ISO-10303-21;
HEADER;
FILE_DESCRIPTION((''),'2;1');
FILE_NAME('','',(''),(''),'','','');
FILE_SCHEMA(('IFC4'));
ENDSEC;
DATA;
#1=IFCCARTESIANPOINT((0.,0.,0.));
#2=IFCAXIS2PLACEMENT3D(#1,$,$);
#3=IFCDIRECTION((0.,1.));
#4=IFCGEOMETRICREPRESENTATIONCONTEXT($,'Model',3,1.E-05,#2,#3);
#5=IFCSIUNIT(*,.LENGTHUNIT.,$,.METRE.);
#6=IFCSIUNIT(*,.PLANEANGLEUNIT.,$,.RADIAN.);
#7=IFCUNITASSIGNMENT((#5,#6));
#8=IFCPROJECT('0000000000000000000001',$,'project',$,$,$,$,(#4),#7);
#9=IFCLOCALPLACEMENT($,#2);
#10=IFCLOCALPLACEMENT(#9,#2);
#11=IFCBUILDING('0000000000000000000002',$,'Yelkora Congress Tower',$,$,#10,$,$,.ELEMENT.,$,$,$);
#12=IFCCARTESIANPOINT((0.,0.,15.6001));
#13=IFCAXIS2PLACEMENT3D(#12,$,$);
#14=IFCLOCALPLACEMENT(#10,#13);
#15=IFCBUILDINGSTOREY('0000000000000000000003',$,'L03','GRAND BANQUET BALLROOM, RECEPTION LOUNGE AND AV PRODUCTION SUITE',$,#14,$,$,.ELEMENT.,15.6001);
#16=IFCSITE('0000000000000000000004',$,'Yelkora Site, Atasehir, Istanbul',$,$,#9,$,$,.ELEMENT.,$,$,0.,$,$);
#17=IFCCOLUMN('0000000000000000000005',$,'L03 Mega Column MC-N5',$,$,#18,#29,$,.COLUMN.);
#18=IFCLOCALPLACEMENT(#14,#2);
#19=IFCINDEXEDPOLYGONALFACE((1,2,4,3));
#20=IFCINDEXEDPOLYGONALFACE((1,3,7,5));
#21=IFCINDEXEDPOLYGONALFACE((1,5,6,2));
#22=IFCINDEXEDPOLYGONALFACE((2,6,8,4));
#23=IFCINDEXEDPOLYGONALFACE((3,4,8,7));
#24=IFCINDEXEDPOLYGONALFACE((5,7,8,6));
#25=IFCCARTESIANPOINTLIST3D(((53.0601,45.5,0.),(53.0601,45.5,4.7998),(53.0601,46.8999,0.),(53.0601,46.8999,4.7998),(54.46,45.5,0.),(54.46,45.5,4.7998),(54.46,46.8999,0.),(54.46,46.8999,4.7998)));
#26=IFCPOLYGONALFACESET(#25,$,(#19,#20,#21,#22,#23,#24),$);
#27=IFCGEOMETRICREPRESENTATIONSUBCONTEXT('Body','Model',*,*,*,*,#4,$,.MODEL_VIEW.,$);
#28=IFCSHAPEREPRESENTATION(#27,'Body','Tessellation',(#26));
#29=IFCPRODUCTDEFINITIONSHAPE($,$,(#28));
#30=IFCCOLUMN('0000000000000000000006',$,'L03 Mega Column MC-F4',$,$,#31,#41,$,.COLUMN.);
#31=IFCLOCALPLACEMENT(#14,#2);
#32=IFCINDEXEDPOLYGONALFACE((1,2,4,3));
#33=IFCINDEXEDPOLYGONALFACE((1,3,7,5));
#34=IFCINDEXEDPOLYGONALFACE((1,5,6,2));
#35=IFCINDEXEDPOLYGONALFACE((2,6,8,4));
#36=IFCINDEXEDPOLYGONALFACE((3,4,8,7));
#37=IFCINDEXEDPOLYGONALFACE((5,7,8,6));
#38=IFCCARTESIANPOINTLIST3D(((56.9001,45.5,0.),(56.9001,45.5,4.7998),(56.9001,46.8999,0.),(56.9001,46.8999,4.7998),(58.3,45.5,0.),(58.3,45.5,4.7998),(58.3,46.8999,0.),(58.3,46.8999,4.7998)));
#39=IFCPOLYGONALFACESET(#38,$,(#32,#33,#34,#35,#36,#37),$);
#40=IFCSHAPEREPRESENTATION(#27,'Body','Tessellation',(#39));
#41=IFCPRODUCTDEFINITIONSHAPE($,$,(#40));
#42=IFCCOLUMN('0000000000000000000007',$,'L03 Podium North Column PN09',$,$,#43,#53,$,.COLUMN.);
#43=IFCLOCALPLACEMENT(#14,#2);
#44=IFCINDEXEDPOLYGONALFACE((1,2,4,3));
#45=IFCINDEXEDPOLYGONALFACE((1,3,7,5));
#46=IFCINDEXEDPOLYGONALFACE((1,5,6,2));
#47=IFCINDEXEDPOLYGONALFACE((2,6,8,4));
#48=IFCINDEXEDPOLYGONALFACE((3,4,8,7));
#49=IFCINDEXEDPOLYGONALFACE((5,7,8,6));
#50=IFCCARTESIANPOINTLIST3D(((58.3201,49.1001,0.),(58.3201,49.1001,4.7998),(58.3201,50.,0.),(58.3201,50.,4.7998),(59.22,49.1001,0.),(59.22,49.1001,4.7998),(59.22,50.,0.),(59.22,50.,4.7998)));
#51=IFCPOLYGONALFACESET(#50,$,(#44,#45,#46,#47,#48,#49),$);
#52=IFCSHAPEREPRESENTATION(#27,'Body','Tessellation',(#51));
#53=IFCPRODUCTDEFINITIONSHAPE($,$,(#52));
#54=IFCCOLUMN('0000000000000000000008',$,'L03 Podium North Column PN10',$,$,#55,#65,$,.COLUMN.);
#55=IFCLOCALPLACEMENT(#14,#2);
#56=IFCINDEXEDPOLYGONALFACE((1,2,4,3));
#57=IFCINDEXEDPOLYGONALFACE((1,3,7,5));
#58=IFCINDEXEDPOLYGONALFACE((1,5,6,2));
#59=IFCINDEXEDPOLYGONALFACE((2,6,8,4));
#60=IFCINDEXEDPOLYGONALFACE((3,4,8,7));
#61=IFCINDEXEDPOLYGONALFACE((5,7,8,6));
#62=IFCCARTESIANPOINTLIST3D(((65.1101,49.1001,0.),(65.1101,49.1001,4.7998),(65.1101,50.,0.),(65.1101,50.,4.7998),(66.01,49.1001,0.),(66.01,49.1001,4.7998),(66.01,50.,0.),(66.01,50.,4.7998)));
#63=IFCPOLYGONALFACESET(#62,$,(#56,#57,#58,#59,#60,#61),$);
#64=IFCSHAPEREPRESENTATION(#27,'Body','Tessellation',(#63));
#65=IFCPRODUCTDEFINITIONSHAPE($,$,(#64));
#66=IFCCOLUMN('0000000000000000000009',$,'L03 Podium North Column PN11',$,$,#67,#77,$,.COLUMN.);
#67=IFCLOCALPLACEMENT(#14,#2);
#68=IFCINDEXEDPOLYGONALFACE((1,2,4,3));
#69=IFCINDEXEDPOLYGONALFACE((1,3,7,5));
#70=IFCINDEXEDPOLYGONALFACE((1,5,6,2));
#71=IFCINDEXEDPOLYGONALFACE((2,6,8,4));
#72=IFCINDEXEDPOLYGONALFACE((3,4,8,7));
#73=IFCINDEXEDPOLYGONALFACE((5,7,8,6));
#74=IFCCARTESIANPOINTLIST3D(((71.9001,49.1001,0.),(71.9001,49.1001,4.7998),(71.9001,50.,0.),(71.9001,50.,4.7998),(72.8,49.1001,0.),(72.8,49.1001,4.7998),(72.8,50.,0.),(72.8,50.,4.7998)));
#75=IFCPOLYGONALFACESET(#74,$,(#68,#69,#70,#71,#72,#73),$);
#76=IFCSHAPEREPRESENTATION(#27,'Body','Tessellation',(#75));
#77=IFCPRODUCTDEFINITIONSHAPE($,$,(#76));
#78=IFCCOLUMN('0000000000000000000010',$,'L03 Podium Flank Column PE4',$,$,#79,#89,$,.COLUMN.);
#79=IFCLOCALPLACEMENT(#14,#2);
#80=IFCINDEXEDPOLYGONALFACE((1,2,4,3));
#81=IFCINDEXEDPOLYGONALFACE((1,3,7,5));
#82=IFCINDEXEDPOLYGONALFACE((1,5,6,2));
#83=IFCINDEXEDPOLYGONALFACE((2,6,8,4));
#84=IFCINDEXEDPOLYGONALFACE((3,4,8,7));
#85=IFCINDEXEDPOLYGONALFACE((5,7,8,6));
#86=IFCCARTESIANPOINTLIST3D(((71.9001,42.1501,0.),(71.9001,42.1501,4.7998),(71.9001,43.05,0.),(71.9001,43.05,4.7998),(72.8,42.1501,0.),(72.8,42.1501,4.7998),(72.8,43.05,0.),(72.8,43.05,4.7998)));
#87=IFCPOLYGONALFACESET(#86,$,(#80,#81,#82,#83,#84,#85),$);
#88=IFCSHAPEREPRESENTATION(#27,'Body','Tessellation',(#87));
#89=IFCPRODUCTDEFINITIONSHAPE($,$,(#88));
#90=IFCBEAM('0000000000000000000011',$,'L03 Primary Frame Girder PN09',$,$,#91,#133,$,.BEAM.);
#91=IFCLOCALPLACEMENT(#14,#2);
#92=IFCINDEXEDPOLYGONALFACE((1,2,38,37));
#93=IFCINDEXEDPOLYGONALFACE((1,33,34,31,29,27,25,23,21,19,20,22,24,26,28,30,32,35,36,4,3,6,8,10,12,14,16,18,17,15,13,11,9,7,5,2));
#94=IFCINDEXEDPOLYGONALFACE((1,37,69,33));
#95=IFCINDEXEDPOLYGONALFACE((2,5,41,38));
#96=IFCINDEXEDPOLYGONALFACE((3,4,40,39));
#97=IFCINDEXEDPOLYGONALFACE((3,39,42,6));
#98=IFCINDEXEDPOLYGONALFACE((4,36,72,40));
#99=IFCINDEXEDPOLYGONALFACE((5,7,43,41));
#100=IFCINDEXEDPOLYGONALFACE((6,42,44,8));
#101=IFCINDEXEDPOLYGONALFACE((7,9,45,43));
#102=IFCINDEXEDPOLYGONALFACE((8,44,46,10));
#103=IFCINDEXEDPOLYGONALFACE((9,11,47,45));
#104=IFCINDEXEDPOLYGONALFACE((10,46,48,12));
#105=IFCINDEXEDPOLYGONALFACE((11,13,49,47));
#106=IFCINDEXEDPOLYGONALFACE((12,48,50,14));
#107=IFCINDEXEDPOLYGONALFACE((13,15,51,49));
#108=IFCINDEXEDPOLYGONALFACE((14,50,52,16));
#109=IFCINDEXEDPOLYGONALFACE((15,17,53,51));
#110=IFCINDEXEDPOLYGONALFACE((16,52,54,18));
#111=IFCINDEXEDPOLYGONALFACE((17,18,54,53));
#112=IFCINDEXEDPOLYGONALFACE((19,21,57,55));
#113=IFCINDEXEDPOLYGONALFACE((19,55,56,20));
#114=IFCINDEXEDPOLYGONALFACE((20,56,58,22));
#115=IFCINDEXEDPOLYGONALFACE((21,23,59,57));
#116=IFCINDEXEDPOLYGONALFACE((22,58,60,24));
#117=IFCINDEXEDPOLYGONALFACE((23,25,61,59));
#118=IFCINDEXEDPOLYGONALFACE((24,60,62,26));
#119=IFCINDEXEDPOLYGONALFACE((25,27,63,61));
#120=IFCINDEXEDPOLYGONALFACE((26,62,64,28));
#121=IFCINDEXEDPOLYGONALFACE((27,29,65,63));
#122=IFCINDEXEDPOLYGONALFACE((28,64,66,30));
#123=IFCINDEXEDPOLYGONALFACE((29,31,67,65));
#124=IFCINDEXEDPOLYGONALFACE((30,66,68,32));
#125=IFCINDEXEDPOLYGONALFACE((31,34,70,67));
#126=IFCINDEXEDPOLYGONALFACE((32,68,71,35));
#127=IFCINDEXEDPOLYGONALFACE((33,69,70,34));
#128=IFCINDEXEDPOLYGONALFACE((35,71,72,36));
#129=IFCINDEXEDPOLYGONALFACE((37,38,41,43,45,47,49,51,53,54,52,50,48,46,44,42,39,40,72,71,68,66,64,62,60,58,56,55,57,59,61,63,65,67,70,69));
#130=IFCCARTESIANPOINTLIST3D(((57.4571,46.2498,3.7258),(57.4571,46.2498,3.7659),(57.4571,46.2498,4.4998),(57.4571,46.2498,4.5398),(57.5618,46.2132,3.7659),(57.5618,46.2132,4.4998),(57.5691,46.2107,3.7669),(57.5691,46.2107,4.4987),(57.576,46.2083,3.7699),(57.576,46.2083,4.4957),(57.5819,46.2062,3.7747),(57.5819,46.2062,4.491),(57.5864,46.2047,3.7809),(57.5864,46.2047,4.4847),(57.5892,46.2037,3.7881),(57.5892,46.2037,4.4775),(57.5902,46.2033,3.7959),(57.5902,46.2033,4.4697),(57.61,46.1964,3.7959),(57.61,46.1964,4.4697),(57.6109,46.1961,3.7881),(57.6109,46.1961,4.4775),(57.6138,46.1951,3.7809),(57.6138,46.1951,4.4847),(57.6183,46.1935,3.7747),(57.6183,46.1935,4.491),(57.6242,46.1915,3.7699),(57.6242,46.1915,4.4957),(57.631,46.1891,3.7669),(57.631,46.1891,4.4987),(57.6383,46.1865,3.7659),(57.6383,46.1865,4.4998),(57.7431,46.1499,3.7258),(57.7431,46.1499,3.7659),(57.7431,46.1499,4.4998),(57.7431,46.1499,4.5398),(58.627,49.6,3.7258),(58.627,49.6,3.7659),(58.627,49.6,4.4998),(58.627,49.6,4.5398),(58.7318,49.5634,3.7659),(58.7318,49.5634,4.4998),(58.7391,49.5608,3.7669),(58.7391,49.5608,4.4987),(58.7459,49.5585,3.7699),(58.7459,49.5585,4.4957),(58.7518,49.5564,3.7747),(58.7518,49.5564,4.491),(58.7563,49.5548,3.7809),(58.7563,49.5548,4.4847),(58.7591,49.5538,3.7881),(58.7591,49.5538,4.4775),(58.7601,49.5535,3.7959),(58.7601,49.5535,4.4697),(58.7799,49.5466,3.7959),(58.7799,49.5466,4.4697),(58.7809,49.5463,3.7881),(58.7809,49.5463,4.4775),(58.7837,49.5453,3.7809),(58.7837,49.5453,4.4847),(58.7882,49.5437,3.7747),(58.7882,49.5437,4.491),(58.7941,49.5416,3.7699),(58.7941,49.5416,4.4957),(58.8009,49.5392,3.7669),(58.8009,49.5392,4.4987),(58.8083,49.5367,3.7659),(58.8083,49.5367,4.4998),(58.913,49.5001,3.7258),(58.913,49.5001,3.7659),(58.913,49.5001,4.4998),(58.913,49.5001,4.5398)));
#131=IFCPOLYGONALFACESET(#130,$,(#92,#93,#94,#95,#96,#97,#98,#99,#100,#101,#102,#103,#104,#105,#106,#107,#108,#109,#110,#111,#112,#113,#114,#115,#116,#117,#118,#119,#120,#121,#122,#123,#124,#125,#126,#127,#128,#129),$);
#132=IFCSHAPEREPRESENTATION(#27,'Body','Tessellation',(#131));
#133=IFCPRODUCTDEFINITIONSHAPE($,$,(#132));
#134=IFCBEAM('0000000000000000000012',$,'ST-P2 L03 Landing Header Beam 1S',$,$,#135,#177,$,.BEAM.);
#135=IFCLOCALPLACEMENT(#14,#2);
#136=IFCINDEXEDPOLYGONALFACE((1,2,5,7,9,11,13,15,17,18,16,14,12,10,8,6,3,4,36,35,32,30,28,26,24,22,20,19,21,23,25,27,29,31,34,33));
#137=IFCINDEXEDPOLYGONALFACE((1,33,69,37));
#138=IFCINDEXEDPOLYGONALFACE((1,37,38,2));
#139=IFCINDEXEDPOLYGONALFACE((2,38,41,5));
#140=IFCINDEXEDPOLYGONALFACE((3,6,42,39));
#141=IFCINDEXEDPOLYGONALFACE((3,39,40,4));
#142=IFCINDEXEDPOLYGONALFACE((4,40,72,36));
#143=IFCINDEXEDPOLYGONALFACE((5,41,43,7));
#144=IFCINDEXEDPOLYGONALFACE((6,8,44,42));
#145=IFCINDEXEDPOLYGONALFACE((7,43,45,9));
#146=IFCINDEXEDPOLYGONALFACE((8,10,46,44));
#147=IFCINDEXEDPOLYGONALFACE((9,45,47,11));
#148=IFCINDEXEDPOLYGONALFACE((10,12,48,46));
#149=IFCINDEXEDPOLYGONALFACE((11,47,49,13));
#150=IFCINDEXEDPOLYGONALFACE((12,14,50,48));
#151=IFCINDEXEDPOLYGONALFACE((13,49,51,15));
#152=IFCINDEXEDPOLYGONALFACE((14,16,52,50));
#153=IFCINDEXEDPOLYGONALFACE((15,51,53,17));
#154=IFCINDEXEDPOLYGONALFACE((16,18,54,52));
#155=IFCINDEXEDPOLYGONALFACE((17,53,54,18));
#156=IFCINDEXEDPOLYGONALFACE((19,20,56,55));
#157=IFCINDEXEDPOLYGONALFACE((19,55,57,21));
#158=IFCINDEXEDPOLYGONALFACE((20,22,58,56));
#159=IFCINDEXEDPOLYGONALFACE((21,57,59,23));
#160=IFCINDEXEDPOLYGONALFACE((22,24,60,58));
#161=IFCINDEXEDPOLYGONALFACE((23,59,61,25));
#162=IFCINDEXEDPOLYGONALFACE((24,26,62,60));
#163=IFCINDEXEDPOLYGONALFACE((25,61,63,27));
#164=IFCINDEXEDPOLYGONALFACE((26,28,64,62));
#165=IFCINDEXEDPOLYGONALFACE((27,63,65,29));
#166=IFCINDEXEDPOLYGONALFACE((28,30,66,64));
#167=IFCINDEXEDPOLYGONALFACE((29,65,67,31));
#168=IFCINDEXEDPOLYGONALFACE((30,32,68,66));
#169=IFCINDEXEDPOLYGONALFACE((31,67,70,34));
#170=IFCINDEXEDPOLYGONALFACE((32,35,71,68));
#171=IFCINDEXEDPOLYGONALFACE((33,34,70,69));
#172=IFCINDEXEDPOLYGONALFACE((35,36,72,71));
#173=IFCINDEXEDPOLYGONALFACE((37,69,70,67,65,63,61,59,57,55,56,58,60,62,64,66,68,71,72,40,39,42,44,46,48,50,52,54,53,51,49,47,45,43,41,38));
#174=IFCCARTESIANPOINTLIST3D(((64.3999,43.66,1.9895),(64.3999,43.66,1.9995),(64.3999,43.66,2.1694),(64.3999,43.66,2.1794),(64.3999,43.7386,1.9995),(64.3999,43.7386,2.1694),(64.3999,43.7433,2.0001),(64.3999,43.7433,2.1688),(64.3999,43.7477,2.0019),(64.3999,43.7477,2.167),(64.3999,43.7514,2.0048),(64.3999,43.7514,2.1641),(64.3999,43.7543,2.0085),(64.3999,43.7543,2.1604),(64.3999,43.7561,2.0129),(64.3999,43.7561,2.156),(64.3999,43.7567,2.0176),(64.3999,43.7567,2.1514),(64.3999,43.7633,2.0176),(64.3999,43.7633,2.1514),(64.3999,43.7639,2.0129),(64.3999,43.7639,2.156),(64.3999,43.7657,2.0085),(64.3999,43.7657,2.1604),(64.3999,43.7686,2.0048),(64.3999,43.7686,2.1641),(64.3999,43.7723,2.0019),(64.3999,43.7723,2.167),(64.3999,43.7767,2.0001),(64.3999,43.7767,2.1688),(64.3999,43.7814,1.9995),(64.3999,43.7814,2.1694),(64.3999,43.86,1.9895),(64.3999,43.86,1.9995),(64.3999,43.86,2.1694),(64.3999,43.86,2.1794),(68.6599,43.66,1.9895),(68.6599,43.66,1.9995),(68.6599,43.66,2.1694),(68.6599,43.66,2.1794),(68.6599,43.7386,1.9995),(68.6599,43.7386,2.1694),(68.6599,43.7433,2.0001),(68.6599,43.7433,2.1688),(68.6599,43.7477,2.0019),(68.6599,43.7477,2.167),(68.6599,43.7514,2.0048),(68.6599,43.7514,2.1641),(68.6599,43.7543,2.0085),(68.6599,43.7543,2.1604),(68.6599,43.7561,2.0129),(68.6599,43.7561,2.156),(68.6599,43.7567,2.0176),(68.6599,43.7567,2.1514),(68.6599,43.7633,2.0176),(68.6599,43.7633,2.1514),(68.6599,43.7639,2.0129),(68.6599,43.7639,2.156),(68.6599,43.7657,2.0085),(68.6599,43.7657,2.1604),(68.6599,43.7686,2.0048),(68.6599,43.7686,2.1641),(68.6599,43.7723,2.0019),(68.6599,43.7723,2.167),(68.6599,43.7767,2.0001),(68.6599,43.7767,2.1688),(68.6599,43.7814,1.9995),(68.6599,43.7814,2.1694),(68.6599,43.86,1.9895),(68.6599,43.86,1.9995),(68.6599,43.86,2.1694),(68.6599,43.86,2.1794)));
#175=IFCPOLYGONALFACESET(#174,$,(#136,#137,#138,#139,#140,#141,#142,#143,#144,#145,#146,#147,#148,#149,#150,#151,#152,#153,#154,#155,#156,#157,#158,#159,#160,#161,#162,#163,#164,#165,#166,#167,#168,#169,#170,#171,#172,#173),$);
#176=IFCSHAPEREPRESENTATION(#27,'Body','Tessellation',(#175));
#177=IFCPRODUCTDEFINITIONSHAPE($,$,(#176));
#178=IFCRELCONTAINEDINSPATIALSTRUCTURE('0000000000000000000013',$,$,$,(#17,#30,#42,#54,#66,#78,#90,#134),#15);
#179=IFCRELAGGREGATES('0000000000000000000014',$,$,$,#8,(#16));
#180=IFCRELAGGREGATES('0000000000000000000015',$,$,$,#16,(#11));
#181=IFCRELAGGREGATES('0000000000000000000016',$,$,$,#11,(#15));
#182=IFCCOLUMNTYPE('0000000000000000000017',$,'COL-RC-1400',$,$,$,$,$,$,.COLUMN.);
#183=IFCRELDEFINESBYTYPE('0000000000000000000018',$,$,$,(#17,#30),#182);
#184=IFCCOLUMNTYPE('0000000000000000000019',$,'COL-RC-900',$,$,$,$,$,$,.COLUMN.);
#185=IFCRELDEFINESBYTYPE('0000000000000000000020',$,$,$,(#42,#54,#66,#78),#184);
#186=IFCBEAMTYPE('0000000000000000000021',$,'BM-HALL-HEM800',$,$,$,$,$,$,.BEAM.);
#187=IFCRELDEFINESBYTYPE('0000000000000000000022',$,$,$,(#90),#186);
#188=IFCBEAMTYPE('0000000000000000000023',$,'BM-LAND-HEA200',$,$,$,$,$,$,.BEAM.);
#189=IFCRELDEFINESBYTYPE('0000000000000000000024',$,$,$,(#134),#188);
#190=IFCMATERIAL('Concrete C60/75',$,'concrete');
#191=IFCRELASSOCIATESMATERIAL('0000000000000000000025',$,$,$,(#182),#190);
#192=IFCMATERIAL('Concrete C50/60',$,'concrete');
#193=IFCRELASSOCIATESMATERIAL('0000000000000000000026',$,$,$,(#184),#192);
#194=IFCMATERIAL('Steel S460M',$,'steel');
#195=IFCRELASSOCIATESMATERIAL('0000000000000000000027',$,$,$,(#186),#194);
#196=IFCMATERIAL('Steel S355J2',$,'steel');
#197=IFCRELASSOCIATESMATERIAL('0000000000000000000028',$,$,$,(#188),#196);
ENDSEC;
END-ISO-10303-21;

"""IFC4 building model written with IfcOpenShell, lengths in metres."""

from ifc_helpers import new_model, si_unit, direction, frame, origin, origin_2d, place, context, subcontext, project, spatial, rectangle, i_section, extrude, material, material_profile, profile_set, type_object, element, save


model = new_model("IFC4")

# Units and contexts
model_context = context("Model", 3, precision=1e-05, world=origin(), true_north=direction((0.0, 1.0)))
body_context = subcontext(model_context, "Body", "Model", "MODEL_VIEW")
ifc_project = project(units=[si_unit("LENGTHUNIT", "METRE"), si_unit("PLANEANGLEUNIT", "RADIAN")], contexts=[model_context])

# Site, building, storey
site_placement = place(None, origin())
site = spatial("IfcSite", under=ifc_project, at=site_placement, Name="Yelkora Site, Atasehir, Istanbul", CompositionType="ELEMENT", RefElevation=0.0)
building_placement = place(site_placement, origin())
building = spatial("IfcBuilding", under=site, at=building_placement, Name="Yelkora Congress Tower", CompositionType="ELEMENT")
storey_placement = place(building_placement, frame((0.0, 0.0, 15.6001)))
storey = spatial("IfcBuildingStorey", under=building, at=storey_placement, Name="L03", Description="GRAND BANQUET BALLROOM, RECEPTION LOUNGE AND AV PRODUCTION SUITE", CompositionType="ELEMENT", Elevation=15.6001)

# Columns
ifc_material_1 = material(Name="Concrete C60/75", Category="concrete")
ifc_material_profile_1 = material_profile(ifc_material_1, rectangle(XDim=1.3999, YDim=1.3999, at=origin_2d()), Name="RC 1400x1400")
ifc_profile_set_1 = profile_set([ifc_material_profile_1], Name="Concrete C60/75")
column_type_1 = type_object("IfcColumnType", Name="COL-RC-1400", PredefinedType="COLUMN", material=ifc_profile_set_1)
for number, where, z_axis, x_axis, name in (
    (1, (53.76, 46.2, 0.0), (0.0, 0.0, 1.0), (1.0, 0.0, 0.0), "L03 Mega Column MC-N5"),
    (2, (57.6001, 46.2, 0.0), (0.0, 0.0, 1.0), (1.0, 0.0, 0.0), "L03 Mega Column MC-F4"),
):
    element("IfcColumn", number, at=place(storey_placement, frame(where, z_axis=z_axis, x_axis=x_axis)), inside=storey, type_object=column_type_1, Name=name, PredefinedType="COLUMN", context=body_context, shape_type="SweptSolid", body=[
        extrude(rectangle(XDim=1.3999, YDim=1.3999, at=origin_2d()), origin(), (0.0, 0.0, 1.0), 4.7998),
    ])
ifc_material_2 = material(Name="Concrete C50/60", Category="concrete")
ifc_material_profile_2 = material_profile(ifc_material_2, rectangle(XDim=0.8999, YDim=0.8999, at=origin_2d()), Name="RC 900x900")
ifc_profile_set_2 = profile_set([ifc_material_profile_2], Name="Concrete C50/60")
column_type_2 = type_object("IfcColumnType", Name="COL-RC-900", PredefinedType="COLUMN", material=ifc_profile_set_2)
for number, where, z_axis, x_axis, name in (
    (3, (58.77, 49.55, 0.0), (0.0, 0.0, 1.0), (1.0, 0.0, 0.0), "L03 Podium North Column PN09"),
    (4, (65.5601, 49.55, 0.0), (0.0, 0.0, 1.0), (1.0, 0.0, 0.0), "L03 Podium North Column PN10"),
    (5, (72.3501, 49.55, 0.0), (0.0, 0.0, 1.0), (1.0, 0.0, 0.0), "L03 Podium North Column PN11"),
    (6, (72.3501, 42.6001, 0.0), (0.0, 0.0, 1.0), (1.0, 0.0, 0.0), "L03 Podium Flank Column PE4"),
):
    element("IfcColumn", number, at=place(storey_placement, frame(where, z_axis=z_axis, x_axis=x_axis)), inside=storey, type_object=column_type_2, Name=name, PredefinedType="COLUMN", context=body_context, shape_type="SweptSolid", body=[
        extrude(rectangle(XDim=0.8999, YDim=0.8999, at=origin_2d()), origin(), (0.0, 0.0, 1.0), 4.7998),
    ])

# Beams
ifc_material_3 = material(Name="Steel S460M", Category="steel")
ifc_material_profile_3 = material_profile(ifc_material_3, i_section(OverallWidth=0.303, OverallDepth=0.814, WebThickness=0.021, FlangeThickness=0.04, FilletRadius=0.03, at=origin_2d()), Name="HEM 800")
ifc_profile_set_3 = profile_set([ifc_material_profile_3], Name="Steel S460M")
beam_type_1 = type_object("IfcBeamType", Name="BM-HALL-HEM800", PredefinedType="BEAM", material=ifc_profile_set_3)
beam_1_placement = place(storey_placement, frame((58.77, 49.55, 4.1328), z_axis=(-0.329695, -0.944088, 0.0), x_axis=(0.944088, -0.329695, 0.0)))
element("IfcBeam", 7, at=beam_1_placement, inside=storey, type_object=beam_type_1, Name="L03 Primary Frame Girder PN09", PredefinedType="BEAM", context=body_context, shape_type="SweptSolid", body=[
    extrude(i_section(OverallWidth=0.303, OverallDepth=0.814, WebThickness=0.021, FlangeThickness=0.04, FilletRadius=0.03, at=origin_2d()), origin(), (0.0, 0.0, 1.0), 3.5486),
])
ifc_material_4 = material(Name="Steel S355J2", Category="steel")
ifc_material_profile_4 = material_profile(ifc_material_4, i_section(OverallWidth=0.2, OverallDepth=0.1899, WebThickness=0.0066, FlangeThickness=0.01, FilletRadius=0.0181, at=origin_2d()), Name="HEA 200")
ifc_profile_set_4 = profile_set([ifc_material_profile_4], Name="Steel S355J2")
beam_type_2 = type_object("IfcBeamType", Name="BM-LAND-HEA200", PredefinedType="BEAM", material=ifc_profile_set_4)
for number, where, z_axis, x_axis, name in (
    (8, (64.3999, 43.76, 2.0845), (1.0, 0.0, 0.0), (0.0, 1.0, 0.0), "ST-P2 L03 Landing Header Beam 1S"),
):
    element("IfcBeam", number, at=place(storey_placement, frame(where, z_axis=z_axis, x_axis=x_axis)), inside=storey, type_object=beam_type_2, Name=name, PredefinedType="BEAM", context=body_context, shape_type="SweptSolid", body=[
        extrude(i_section(OverallWidth=0.2, OverallDepth=0.1899, WebThickness=0.0066, FlangeThickness=0.01, FilletRadius=0.0181, at=origin_2d()), origin(), (0.0, 0.0, 1.0), 4.26),
    ])

save(model, "model.ifc")
